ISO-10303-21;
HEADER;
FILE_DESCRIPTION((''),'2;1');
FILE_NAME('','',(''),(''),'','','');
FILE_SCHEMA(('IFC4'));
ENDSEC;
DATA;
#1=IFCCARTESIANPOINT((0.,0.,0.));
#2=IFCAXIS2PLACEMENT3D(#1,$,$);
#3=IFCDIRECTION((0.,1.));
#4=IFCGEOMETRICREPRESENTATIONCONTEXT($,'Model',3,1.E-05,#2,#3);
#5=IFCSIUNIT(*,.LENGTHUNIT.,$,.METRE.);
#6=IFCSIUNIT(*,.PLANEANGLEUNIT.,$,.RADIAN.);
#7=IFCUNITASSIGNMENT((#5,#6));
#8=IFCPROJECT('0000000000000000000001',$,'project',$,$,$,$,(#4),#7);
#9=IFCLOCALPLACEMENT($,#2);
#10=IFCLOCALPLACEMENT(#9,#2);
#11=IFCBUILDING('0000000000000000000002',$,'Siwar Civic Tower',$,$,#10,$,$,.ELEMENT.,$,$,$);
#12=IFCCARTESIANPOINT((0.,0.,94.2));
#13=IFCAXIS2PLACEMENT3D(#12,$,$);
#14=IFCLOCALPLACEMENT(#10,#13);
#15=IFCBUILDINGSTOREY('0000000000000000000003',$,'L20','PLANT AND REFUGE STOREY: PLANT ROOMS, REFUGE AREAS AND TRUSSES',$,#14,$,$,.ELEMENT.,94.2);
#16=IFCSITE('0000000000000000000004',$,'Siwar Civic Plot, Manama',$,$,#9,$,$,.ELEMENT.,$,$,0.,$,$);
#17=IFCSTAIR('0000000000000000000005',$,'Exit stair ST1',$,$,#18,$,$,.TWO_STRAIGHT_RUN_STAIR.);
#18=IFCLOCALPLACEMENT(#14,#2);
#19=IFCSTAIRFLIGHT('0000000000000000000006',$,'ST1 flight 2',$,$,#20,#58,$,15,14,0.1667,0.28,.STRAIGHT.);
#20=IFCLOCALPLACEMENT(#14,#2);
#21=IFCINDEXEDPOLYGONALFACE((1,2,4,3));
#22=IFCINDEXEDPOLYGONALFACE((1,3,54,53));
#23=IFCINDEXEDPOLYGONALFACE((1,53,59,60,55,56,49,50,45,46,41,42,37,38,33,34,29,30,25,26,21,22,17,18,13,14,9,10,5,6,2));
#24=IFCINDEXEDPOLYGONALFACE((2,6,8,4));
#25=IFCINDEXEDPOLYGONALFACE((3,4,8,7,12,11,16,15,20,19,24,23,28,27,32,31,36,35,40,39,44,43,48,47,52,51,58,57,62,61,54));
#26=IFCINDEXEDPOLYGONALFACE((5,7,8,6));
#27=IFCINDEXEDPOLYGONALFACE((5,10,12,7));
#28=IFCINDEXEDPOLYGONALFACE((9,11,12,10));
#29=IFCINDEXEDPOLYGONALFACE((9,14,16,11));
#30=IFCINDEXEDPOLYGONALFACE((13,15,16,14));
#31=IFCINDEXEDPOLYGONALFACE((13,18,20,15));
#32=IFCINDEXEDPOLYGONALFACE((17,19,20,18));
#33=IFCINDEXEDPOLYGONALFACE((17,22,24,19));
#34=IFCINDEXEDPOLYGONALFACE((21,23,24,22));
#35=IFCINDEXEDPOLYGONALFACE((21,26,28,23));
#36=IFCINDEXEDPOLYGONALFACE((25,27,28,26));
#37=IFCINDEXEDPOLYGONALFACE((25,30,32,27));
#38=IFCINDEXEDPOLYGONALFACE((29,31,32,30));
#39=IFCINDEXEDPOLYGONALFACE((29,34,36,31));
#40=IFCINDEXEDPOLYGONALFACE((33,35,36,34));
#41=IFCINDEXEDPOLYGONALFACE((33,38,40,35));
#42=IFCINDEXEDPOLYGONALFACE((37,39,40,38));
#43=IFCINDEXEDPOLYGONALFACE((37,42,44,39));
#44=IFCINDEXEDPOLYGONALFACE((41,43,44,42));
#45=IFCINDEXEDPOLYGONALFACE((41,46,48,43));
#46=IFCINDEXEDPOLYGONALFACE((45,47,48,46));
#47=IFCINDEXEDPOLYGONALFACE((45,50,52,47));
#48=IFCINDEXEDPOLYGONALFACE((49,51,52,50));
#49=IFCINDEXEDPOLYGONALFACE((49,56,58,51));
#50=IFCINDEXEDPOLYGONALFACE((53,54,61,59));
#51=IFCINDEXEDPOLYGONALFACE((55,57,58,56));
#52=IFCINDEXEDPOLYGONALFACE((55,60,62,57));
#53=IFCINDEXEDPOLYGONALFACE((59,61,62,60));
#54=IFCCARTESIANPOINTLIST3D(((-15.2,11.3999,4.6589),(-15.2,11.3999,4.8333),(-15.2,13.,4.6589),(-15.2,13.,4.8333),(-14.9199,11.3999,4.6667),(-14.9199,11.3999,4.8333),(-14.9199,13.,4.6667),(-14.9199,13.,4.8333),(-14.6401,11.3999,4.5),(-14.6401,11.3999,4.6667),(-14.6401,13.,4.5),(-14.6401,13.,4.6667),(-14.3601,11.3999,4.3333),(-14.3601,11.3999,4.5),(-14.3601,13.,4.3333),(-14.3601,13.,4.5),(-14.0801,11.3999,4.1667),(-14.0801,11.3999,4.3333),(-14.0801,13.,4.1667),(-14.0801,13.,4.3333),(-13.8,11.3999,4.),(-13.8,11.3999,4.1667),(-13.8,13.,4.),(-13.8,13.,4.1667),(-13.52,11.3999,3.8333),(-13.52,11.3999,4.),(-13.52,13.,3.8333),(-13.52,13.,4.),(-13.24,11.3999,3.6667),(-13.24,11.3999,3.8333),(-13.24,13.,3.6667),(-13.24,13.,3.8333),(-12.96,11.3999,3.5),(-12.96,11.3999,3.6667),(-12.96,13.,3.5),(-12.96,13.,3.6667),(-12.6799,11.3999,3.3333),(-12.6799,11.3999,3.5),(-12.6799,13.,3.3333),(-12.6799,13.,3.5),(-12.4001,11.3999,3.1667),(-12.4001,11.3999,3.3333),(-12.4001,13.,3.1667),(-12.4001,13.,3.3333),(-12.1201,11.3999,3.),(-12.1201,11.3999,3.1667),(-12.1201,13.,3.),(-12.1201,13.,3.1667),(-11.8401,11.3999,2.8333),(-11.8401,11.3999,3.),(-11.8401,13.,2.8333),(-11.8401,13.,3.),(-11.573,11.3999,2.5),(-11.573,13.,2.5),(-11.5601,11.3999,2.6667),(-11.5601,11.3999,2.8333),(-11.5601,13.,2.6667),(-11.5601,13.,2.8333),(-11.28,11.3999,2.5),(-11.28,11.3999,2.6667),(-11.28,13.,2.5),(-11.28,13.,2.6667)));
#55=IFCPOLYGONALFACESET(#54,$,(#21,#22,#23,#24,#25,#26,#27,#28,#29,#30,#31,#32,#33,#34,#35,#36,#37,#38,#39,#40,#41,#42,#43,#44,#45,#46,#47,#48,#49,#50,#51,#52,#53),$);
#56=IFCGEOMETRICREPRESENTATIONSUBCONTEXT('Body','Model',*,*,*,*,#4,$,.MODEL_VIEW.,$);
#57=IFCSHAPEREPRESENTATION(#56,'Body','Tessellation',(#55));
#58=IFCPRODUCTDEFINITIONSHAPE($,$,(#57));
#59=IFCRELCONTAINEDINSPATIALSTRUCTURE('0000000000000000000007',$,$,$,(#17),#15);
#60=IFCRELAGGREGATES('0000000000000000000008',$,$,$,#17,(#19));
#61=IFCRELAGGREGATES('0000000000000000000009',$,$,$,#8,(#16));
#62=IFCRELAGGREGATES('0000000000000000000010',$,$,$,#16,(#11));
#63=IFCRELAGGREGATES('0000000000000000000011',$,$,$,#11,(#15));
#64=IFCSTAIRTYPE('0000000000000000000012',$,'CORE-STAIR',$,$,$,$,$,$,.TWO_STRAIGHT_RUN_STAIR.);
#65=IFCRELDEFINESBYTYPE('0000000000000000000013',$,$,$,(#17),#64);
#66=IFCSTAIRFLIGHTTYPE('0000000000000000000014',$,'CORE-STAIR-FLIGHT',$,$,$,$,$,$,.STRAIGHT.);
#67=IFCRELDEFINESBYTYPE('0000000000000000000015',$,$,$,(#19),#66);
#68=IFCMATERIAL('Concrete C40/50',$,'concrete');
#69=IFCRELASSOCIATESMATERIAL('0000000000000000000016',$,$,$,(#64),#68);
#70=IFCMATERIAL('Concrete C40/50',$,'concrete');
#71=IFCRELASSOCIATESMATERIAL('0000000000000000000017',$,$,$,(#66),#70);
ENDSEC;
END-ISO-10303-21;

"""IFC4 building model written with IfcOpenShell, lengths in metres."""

from ifc_helpers import new_model, si_unit, direction, frame, origin, place, context, subcontext, project, spatial, polyline, outline, extrude, material, type_object, element, aggregate, save


model = new_model("IFC4")

# Units and contexts
model_context = context("Model", 3, precision=1e-05, world=origin(), true_north=direction((0.0, 1.0)))
body_context = subcontext(model_context, "Body", "Model", "MODEL_VIEW")
ifc_project = project(units=[si_unit("LENGTHUNIT", "METRE"), si_unit("PLANEANGLEUNIT", "RADIAN")], contexts=[model_context])

# Site, building, storey
site_placement = place(None, origin())
site = spatial("IfcSite", under=ifc_project, at=site_placement, Name="Siwar Civic Plot, Manama", CompositionType="ELEMENT", RefElevation=0.0)
building_placement = place(site_placement, origin())
building = spatial("IfcBuilding", under=site, at=building_placement, Name="Siwar Civic Tower", CompositionType="ELEMENT")
storey_placement = place(building_placement, frame((0.0, 0.0, 94.2)))
storey = spatial("IfcBuildingStorey", under=building, at=storey_placement, Name="L20", Description="PLANT AND REFUGE STOREY: PLANT ROOMS, REFUGE AREAS AND TRUSSES", CompositionType="ELEMENT", Elevation=94.2)

# Stair, stair flight
ifc_material_1 = material(Name="Concrete C40/50", Category="concrete")
stair_type = type_object("IfcStairType", Name="CORE-STAIR", PredefinedType="TWO_STRAIGHT_RUN_STAIR", material=ifc_material_1)
stair_placement = place(storey_placement, origin())
stair = element("IfcStair", 1, at=stair_placement, inside=storey, type_object=stair_type, Name="Exit stair ST1", PredefinedType="TWO_STRAIGHT_RUN_STAIR")
ifc_material_2 = material(Name="Concrete C40/50", Category="concrete")
stair_flight_type = type_object("IfcStairFlightType", Name="CORE-STAIR-FLIGHT", PredefinedType="STRAIGHT", material=ifc_material_2)
stair_flight_1_placement = place(storey_placement, frame((-11.28, 12.2, 2.5), z_axis=(0.0, 0.0, 1.0), x_axis=(-1.0, 0.0, 0.0)))
stair_flight_1 = element("IfcStairFlight", 2, at=stair_flight_1_placement, type_object=stair_flight_type, Name="ST1 flight 2", NumberOfRisers=15, NumberOfTreads=14, PredefinedType="STRAIGHT", RiserHeight=0.1667, TreadLength=0.28, context=body_context, shape_type="SweptSolid", body=[
    extrude(outline(polyline([(0.0, 0.0), (0.0, 0.1667), (0.28, 0.1667), (0.28, 0.3333), (0.5601, 0.3333), (0.5601, 0.5), (0.8401, 0.5), (0.8401, 0.6667), (1.1201, 0.6667), (1.1201, 0.8333), (1.3999, 0.8333), (1.3999, 1.0), (1.6799, 1.0), (1.6799, 1.1667), (1.96, 1.1667), (1.96, 1.3333), (2.24, 1.3333), (2.24, 1.5), (2.52, 1.5), (2.52, 1.6667), (2.8, 1.6667), (2.8, 1.8333), (3.0801, 1.8333), (3.0801, 2.0), (3.3601, 2.0), (3.3601, 2.1667), (3.6399, 2.1667), (3.6399, 2.3333), (3.9199, 2.3333), (3.9199, 2.5), (3.9199, 2.1589), (0.293, 0.0), (0.0, 0.0)])), frame((0.0, 0.8, 0.0), z_axis=(0.0, -1.0, 0.0), x_axis=(1.0, 0.0, 0.0)), (0.0, 0.0, 1.0), 1.6001),
])
aggregate(stair, [stair_flight_1])

save(model, "model.ifc")
